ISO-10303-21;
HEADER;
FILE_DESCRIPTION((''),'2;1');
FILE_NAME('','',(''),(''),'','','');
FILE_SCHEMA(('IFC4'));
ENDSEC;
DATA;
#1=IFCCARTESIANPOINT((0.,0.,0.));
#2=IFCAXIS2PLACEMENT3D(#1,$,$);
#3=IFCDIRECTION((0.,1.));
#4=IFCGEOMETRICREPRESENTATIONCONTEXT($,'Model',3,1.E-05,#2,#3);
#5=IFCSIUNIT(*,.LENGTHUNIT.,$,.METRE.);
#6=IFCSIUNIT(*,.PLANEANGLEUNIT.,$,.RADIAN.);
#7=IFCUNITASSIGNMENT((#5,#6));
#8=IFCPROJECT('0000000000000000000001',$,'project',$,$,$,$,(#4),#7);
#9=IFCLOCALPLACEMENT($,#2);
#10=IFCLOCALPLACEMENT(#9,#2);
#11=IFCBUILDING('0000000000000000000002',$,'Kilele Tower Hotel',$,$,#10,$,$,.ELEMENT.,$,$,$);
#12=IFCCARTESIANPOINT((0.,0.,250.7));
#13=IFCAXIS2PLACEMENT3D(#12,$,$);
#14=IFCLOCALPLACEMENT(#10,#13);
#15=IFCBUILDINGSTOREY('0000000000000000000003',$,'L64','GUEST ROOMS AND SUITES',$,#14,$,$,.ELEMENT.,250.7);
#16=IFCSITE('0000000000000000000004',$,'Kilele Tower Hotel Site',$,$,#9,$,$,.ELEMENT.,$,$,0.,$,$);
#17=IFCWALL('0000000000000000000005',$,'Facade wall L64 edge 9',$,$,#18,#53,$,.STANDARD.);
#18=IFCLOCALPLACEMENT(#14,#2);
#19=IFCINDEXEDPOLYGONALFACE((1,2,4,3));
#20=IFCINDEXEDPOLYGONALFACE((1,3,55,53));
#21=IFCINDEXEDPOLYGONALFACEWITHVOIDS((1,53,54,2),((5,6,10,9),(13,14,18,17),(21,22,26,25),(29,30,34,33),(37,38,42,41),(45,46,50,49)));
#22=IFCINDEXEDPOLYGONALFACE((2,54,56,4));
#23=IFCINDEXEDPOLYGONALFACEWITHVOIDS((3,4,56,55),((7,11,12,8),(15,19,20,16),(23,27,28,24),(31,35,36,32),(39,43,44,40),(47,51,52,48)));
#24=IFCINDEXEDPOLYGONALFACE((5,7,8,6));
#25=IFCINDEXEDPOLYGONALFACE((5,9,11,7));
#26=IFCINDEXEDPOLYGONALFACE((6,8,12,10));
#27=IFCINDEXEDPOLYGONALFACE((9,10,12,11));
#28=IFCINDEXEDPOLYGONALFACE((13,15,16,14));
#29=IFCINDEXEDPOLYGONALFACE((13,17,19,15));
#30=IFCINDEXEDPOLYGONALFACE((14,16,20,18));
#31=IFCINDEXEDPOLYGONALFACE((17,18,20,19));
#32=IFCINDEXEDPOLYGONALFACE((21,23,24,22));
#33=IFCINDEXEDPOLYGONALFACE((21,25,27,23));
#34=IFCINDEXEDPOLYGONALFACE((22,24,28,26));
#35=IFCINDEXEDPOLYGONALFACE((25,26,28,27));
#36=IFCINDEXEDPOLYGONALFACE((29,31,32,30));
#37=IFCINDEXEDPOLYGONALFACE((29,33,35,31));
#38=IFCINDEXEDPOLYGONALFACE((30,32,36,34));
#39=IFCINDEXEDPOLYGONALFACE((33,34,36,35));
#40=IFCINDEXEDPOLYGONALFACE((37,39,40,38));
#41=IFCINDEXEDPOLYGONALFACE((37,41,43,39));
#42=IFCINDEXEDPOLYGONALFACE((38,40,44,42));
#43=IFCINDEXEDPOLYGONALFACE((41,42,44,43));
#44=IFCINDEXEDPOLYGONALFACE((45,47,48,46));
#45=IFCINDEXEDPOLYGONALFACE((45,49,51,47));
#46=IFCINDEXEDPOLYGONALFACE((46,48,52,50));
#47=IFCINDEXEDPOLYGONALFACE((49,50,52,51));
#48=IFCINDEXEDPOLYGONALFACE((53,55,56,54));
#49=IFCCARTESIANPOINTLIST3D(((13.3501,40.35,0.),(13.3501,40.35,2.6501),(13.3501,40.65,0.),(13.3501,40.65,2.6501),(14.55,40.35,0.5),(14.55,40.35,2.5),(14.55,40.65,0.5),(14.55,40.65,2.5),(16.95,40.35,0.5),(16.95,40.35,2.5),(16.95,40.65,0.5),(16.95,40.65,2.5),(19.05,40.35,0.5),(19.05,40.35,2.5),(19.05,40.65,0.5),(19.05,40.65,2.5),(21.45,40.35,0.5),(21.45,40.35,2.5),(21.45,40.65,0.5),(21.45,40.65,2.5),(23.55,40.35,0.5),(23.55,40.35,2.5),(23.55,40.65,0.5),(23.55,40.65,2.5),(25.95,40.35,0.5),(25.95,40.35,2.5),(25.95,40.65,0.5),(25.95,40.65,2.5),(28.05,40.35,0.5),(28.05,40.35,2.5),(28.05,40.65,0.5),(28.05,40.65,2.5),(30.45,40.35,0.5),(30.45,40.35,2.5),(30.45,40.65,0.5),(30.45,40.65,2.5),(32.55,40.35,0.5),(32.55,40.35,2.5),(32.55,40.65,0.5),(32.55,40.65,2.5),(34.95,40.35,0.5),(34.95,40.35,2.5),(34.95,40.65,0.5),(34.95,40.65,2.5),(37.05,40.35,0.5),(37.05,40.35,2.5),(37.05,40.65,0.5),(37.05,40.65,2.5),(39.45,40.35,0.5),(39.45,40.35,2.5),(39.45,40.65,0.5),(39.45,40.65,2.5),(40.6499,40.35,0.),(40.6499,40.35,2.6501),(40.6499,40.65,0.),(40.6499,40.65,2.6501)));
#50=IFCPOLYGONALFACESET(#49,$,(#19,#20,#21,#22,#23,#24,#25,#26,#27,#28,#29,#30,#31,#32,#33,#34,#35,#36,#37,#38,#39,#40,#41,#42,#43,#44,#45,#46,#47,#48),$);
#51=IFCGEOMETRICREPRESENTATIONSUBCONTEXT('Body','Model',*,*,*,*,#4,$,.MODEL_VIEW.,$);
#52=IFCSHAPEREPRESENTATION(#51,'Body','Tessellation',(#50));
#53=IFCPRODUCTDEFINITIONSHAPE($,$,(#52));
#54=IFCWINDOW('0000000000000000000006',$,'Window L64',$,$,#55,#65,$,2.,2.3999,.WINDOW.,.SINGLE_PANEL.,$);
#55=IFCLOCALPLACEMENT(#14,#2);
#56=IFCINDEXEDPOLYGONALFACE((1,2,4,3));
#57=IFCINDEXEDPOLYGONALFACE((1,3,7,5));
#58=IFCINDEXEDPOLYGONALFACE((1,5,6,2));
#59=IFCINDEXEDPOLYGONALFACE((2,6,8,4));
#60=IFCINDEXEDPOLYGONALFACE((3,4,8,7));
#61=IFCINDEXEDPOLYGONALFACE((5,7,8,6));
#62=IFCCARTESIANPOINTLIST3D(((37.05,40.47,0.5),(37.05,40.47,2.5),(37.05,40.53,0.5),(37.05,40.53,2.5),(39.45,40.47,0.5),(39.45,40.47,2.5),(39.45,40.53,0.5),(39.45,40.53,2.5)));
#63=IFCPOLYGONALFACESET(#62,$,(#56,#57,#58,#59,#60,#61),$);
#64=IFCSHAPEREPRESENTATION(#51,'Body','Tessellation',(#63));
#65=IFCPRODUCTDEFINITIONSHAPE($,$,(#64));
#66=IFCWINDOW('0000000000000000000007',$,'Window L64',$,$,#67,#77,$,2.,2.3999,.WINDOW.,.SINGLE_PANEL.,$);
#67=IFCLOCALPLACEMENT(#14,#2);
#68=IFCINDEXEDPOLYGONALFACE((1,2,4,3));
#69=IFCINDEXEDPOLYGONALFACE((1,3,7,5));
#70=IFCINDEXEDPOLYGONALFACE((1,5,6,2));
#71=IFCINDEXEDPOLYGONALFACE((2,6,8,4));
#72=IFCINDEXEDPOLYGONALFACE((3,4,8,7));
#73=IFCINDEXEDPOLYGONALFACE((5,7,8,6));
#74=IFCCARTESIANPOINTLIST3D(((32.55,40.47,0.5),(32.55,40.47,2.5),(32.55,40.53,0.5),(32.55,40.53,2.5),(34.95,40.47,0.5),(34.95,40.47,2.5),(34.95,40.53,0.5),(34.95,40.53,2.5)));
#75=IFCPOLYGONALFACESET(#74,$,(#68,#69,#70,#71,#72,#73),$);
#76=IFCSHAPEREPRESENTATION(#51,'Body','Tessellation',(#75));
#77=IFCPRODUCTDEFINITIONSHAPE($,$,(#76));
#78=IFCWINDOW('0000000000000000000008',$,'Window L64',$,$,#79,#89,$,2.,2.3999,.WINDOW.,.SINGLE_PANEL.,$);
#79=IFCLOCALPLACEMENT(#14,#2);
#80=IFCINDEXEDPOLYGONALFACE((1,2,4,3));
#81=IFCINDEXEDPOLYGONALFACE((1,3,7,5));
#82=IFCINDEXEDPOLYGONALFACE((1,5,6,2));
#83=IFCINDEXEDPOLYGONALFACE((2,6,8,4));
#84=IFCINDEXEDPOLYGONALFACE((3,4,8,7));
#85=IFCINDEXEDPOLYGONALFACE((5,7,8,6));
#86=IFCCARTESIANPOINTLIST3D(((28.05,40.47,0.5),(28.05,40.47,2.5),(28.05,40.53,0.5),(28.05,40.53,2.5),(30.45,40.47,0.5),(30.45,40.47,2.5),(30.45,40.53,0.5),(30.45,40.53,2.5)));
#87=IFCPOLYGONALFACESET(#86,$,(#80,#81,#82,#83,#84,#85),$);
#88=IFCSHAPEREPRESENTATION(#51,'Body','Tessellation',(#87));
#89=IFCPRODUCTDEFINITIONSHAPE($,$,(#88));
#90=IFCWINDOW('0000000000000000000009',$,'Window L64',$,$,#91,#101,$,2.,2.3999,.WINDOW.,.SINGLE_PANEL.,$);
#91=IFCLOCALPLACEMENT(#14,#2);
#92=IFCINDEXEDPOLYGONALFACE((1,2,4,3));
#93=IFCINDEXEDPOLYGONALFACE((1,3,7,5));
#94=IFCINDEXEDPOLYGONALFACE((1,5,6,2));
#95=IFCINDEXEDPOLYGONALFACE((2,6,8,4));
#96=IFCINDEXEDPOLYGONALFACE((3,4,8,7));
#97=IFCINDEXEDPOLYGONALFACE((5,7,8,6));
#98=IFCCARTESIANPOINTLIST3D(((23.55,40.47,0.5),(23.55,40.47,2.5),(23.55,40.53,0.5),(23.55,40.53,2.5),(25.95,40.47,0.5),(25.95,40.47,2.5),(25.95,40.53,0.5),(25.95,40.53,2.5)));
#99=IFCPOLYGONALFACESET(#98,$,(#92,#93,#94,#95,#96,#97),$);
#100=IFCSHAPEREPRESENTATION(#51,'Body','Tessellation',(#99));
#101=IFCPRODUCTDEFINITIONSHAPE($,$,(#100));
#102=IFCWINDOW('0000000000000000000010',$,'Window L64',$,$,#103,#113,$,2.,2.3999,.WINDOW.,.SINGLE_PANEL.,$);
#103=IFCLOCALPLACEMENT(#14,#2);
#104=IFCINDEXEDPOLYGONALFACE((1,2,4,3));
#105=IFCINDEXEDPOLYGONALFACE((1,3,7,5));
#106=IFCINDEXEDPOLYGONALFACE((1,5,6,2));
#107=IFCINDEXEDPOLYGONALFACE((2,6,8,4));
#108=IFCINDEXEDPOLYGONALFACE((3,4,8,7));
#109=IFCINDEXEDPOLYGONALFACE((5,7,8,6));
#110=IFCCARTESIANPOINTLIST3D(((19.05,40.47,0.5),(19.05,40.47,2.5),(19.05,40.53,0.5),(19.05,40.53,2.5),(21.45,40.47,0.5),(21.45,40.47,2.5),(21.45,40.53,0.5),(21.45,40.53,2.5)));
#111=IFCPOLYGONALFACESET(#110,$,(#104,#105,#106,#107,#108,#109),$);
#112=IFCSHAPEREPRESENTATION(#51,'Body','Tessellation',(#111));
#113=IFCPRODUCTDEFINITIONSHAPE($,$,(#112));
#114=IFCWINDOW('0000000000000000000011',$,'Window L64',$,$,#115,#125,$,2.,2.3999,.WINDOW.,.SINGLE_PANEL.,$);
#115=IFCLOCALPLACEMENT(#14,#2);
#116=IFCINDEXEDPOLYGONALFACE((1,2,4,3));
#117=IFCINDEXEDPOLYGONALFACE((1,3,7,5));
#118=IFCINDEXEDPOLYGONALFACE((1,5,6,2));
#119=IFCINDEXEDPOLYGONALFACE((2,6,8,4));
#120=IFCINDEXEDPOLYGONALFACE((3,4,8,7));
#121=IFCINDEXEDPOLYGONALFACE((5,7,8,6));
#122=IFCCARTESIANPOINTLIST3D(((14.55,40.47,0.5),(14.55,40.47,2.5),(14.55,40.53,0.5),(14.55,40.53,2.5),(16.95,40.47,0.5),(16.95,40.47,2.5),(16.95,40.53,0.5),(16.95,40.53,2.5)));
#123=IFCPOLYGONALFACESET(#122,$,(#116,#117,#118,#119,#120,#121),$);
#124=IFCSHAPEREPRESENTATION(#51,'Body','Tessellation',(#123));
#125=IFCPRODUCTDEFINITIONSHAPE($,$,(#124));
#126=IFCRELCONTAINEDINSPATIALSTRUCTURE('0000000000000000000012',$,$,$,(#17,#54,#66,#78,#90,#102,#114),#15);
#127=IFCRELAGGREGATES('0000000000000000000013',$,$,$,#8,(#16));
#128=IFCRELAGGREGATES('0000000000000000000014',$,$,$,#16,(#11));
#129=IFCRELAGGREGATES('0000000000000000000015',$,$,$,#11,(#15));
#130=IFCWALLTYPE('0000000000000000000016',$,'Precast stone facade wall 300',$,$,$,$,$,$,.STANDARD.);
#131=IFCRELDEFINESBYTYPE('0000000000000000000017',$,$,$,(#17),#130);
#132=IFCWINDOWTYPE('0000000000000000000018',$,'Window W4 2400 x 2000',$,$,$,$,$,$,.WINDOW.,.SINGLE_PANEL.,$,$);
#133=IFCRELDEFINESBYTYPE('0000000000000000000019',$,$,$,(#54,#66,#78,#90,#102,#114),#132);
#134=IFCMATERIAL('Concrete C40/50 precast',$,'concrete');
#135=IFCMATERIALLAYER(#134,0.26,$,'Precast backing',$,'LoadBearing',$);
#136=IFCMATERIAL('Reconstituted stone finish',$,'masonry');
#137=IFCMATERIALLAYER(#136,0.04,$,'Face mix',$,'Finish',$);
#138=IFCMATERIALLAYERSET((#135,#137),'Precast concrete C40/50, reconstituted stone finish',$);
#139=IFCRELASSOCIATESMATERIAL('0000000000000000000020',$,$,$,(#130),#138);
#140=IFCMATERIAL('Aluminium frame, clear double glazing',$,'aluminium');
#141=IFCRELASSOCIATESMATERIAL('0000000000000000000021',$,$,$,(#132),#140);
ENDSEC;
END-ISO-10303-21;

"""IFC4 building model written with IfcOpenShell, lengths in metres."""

from ifc_helpers import new_model, si_unit, direction, frame, frame_2d, origin, place, context, subcontext, project, spatial, rectangle, extrude, material, layer, layer_set, type_object, element, fill, save


model = new_model("IFC4")

# Units and contexts
model_context = context("Model", 3, precision=1e-05, world=origin(), true_north=direction((0.0, 1.0)))
body_context = subcontext(model_context, "Body", "Model", "MODEL_VIEW")
ifc_project = project(units=[si_unit("LENGTHUNIT", "METRE"), si_unit("PLANEANGLEUNIT", "RADIAN")], contexts=[model_context])

# Site, building, storey
site_placement = place(None, origin())
site = spatial("IfcSite", under=ifc_project, at=site_placement, Name="Kilele Tower Hotel Site", CompositionType="ELEMENT", RefElevation=0.0)
building_placement = place(site_placement, origin())
building = spatial("IfcBuilding", under=site, at=building_placement, Name="Kilele Tower Hotel", CompositionType="ELEMENT")
storey_placement = place(building_placement, frame((0.0, 0.0, 250.7)))
storey = spatial("IfcBuildingStorey", under=building, at=storey_placement, Name="L64", Description="GUEST ROOMS AND SUITES", CompositionType="ELEMENT", Elevation=250.7)

# Shared definitions
ifc_material_1 = material(Name="Concrete C40/50 precast", Category="concrete")
ifc_layer_1 = layer(ifc_material_1, 0.26, Name="Precast backing", Category="LoadBearing")
ifc_material_2 = material(Name="Reconstituted stone finish", Category="masonry")
ifc_layer_2 = layer(ifc_material_2, 0.04, Name="Face mix", Category="Finish")
ifc_layer_set = layer_set([ifc_layer_1, ifc_layer_2], Name="Precast concrete C40/50, reconstituted stone finish")
wall_type = type_object("IfcWallType", Name="Precast stone facade wall 300", PredefinedType="STANDARD", material=ifc_layer_set)
ifc_material_3 = material(Name="Aluminium frame, clear double glazing", Category="aluminium")
window_type = type_object("IfcWindowType", Name="Window W4 2400 x 2000", PartitioningType="SINGLE_PANEL", PredefinedType="WINDOW", material=ifc_material_3)

# Wall, openings, windows
wall_1_placement = place(storey_placement, frame((40.6499, 40.5, 0.0), z_axis=(0.0, 0.0, 1.0), x_axis=(-1.0, 0.0, 0.0)))
wall_1 = element("IfcWall", 1, at=wall_1_placement, inside=storey, type_object=wall_type, Name="Facade wall L64 edge 9", PredefinedType="STANDARD", context=body_context, shape_type="SweptSolid", body=[
    extrude(rectangle(XDim=27.2998, YDim=0.3, at=frame_2d((13.6499, 0.0))), origin(), (0.0, 0.0, 1.0), 2.6501),
])
opening_1_placement = place(wall_1_placement, frame((1.2, 0.0, 0.5)))
opening_1 = element("IfcOpeningElement", 2, at=opening_1_placement, cuts=wall_1, PredefinedType="OPENING", context=body_context, shape_type="SweptSolid", body=[
    extrude(rectangle(XDim=2.3999, YDim=2.0, at=frame_2d((1.2, 1.0))), frame((0.0, 0.1599, 0.0), z_axis=(0.0, -1.0, 0.0), x_axis=(1.0, 0.0, 0.0)), (0.0, 0.0, 1.0), 0.3201),
])
opening_2_placement = place(wall_1_placement, frame((5.7, 0.0, 0.5)))
opening_2 = element("IfcOpeningElement", 3, at=opening_2_placement, cuts=wall_1, PredefinedType="OPENING", context=body_context, shape_type="SweptSolid", body=[
    extrude(rectangle(XDim=2.3999, YDim=2.0, at=frame_2d((1.2, 1.0))), frame((0.0, 0.1599, 0.0), z_axis=(0.0, -1.0, 0.0), x_axis=(1.0, 0.0, 0.0)), (0.0, 0.0, 1.0), 0.3201),
])
opening_3_placement = place(wall_1_placement, frame((10.2, 0.0, 0.5)))
opening_3 = element("IfcOpeningElement", 4, at=opening_3_placement, cuts=wall_1, PredefinedType="OPENING", context=body_context, shape_type="SweptSolid", body=[
    extrude(rectangle(XDim=2.3999, YDim=2.0, at=frame_2d((1.2, 1.0))), frame((0.0, 0.1599, 0.0), z_axis=(0.0, -1.0, 0.0), x_axis=(1.0, 0.0, 0.0)), (0.0, 0.0, 1.0), 0.3201),
])
opening_4_placement = place(wall_1_placement, frame((14.7, 0.0, 0.5)))
opening_4 = element("IfcOpeningElement", 5, at=opening_4_placement, cuts=wall_1, PredefinedType="OPENING", context=body_context, shape_type="SweptSolid", body=[
    extrude(rectangle(XDim=2.3999, YDim=2.0, at=frame_2d((1.2, 1.0))), frame((0.0, 0.1599, 0.0), z_axis=(0.0, -1.0, 0.0), x_axis=(1.0, 0.0, 0.0)), (0.0, 0.0, 1.0), 0.3201),
])
opening_5_placement = place(wall_1_placement, frame((19.2, 0.0, 0.5)))
opening_5 = element("IfcOpeningElement", 6, at=opening_5_placement, cuts=wall_1, PredefinedType="OPENING", context=body_context, shape_type="SweptSolid", body=[
    extrude(rectangle(XDim=2.3999, YDim=2.0, at=frame_2d((1.2, 1.0))), frame((0.0, 0.1599, 0.0), z_axis=(0.0, -1.0, 0.0), x_axis=(1.0, 0.0, 0.0)), (0.0, 0.0, 1.0), 0.3201),
])
opening_6_placement = place(wall_1_placement, frame((23.7, 0.0, 0.5)))
opening_6 = element("IfcOpeningElement", 7, at=opening_6_placement, cuts=wall_1, PredefinedType="OPENING", context=body_context, shape_type="SweptSolid", body=[
    extrude(rectangle(XDim=2.3999, YDim=2.0, at=frame_2d((1.2, 1.0))), frame((0.0, 0.1599, 0.0), z_axis=(0.0, -1.0, 0.0), x_axis=(1.0, 0.0, 0.0)), (0.0, 0.0, 1.0), 0.3201),
])
window_1_placement = place(opening_1_placement, origin())
window_1 = element("IfcWindow", 8, at=window_1_placement, inside=storey, type_object=window_type, Name="Window L64", OverallHeight=2.0, OverallWidth=2.3999, PartitioningType="SINGLE_PANEL", PredefinedType="WINDOW", context=body_context, shape_type="SweptSolid", body=[
    extrude(rectangle(XDim=2.3999, YDim=2.0, at=frame_2d((1.2, 1.0))), frame((0.0, 0.03, 0.0), z_axis=(0.0, -1.0, 0.0), x_axis=(1.0, 0.0, 0.0)), (0.0, 0.0, 1.0), 0.0601),
])
fill(opening_1, window_1)
window_2_placement = place(opening_2_placement, origin())
window_2 = element("IfcWindow", 9, at=window_2_placement, inside=storey, type_object=window_type, Name="Window L64", OverallHeight=2.0, OverallWidth=2.3999, PartitioningType="SINGLE_PANEL", PredefinedType="WINDOW", context=body_context, shape_type="SweptSolid", body=[
    extrude(rectangle(XDim=2.3999, YDim=2.0, at=frame_2d((1.2, 1.0))), frame((0.0, 0.03, 0.0), z_axis=(0.0, -1.0, 0.0), x_axis=(1.0, 0.0, 0.0)), (0.0, 0.0, 1.0), 0.0601),
])
fill(opening_2, window_2)
window_3_placement = place(opening_3_placement, origin())
window_3 = element("IfcWindow", 10, at=window_3_placement, inside=storey, type_object=window_type, Name="Window L64", OverallHeight=2.0, OverallWidth=2.3999, PartitioningType="SINGLE_PANEL", PredefinedType="WINDOW", context=body_context, shape_type="SweptSolid", body=[
    extrude(rectangle(XDim=2.3999, YDim=2.0, at=frame_2d((1.2, 1.0))), frame((0.0, 0.03, 0.0), z_axis=(0.0, -1.0, 0.0), x_axis=(1.0, 0.0, 0.0)), (0.0, 0.0, 1.0), 0.0601),
])
fill(opening_3, window_3)
window_4_placement = place(opening_4_placement, origin())
window_4 = element("IfcWindow", 11, at=window_4_placement, inside=storey, type_object=window_type, Name="Window L64", OverallHeight=2.0, OverallWidth=2.3999, PartitioningType="SINGLE_PANEL", PredefinedType="WINDOW", context=body_context, shape_type="SweptSolid", body=[
    extrude(rectangle(XDim=2.3999, YDim=2.0, at=frame_2d((1.2, 1.0))), frame((0.0, 0.03, 0.0), z_axis=(0.0, -1.0, 0.0), x_axis=(1.0, 0.0, 0.0)), (0.0, 0.0, 1.0), 0.0601),
])
fill(opening_4, window_4)
window_5_placement = place(opening_5_placement, origin())
window_5 = element("IfcWindow", 12, at=window_5_placement, inside=storey, type_object=window_type, Name="Window L64", OverallHeight=2.0, OverallWidth=2.3999, PartitioningType="SINGLE_PANEL", PredefinedType="WINDOW", context=body_context, shape_type="SweptSolid", body=[
    extrude(rectangle(XDim=2.3999, YDim=2.0, at=frame_2d((1.2, 1.0))), frame((0.0, 0.03, 0.0), z_axis=(0.0, -1.0, 0.0), x_axis=(1.0, 0.0, 0.0)), (0.0, 0.0, 1.0), 0.0601),
])
fill(opening_5, window_5)
window_6_placement = place(opening_6_placement, origin())
window_6 = element("IfcWindow", 13, at=window_6_placement, inside=storey, type_object=window_type, Name="Window L64", OverallHeight=2.0, OverallWidth=2.3999, PartitioningType="SINGLE_PANEL", PredefinedType="WINDOW", context=body_context, shape_type="SweptSolid", body=[
    extrude(rectangle(XDim=2.3999, YDim=2.0, at=frame_2d((1.2, 1.0))), frame((0.0, 0.03, 0.0), z_axis=(0.0, -1.0, 0.0), x_axis=(1.0, 0.0, 0.0)), (0.0, 0.0, 1.0), 0.0601),
])
fill(opening_6, window_6)

save(model, "model.ifc")
